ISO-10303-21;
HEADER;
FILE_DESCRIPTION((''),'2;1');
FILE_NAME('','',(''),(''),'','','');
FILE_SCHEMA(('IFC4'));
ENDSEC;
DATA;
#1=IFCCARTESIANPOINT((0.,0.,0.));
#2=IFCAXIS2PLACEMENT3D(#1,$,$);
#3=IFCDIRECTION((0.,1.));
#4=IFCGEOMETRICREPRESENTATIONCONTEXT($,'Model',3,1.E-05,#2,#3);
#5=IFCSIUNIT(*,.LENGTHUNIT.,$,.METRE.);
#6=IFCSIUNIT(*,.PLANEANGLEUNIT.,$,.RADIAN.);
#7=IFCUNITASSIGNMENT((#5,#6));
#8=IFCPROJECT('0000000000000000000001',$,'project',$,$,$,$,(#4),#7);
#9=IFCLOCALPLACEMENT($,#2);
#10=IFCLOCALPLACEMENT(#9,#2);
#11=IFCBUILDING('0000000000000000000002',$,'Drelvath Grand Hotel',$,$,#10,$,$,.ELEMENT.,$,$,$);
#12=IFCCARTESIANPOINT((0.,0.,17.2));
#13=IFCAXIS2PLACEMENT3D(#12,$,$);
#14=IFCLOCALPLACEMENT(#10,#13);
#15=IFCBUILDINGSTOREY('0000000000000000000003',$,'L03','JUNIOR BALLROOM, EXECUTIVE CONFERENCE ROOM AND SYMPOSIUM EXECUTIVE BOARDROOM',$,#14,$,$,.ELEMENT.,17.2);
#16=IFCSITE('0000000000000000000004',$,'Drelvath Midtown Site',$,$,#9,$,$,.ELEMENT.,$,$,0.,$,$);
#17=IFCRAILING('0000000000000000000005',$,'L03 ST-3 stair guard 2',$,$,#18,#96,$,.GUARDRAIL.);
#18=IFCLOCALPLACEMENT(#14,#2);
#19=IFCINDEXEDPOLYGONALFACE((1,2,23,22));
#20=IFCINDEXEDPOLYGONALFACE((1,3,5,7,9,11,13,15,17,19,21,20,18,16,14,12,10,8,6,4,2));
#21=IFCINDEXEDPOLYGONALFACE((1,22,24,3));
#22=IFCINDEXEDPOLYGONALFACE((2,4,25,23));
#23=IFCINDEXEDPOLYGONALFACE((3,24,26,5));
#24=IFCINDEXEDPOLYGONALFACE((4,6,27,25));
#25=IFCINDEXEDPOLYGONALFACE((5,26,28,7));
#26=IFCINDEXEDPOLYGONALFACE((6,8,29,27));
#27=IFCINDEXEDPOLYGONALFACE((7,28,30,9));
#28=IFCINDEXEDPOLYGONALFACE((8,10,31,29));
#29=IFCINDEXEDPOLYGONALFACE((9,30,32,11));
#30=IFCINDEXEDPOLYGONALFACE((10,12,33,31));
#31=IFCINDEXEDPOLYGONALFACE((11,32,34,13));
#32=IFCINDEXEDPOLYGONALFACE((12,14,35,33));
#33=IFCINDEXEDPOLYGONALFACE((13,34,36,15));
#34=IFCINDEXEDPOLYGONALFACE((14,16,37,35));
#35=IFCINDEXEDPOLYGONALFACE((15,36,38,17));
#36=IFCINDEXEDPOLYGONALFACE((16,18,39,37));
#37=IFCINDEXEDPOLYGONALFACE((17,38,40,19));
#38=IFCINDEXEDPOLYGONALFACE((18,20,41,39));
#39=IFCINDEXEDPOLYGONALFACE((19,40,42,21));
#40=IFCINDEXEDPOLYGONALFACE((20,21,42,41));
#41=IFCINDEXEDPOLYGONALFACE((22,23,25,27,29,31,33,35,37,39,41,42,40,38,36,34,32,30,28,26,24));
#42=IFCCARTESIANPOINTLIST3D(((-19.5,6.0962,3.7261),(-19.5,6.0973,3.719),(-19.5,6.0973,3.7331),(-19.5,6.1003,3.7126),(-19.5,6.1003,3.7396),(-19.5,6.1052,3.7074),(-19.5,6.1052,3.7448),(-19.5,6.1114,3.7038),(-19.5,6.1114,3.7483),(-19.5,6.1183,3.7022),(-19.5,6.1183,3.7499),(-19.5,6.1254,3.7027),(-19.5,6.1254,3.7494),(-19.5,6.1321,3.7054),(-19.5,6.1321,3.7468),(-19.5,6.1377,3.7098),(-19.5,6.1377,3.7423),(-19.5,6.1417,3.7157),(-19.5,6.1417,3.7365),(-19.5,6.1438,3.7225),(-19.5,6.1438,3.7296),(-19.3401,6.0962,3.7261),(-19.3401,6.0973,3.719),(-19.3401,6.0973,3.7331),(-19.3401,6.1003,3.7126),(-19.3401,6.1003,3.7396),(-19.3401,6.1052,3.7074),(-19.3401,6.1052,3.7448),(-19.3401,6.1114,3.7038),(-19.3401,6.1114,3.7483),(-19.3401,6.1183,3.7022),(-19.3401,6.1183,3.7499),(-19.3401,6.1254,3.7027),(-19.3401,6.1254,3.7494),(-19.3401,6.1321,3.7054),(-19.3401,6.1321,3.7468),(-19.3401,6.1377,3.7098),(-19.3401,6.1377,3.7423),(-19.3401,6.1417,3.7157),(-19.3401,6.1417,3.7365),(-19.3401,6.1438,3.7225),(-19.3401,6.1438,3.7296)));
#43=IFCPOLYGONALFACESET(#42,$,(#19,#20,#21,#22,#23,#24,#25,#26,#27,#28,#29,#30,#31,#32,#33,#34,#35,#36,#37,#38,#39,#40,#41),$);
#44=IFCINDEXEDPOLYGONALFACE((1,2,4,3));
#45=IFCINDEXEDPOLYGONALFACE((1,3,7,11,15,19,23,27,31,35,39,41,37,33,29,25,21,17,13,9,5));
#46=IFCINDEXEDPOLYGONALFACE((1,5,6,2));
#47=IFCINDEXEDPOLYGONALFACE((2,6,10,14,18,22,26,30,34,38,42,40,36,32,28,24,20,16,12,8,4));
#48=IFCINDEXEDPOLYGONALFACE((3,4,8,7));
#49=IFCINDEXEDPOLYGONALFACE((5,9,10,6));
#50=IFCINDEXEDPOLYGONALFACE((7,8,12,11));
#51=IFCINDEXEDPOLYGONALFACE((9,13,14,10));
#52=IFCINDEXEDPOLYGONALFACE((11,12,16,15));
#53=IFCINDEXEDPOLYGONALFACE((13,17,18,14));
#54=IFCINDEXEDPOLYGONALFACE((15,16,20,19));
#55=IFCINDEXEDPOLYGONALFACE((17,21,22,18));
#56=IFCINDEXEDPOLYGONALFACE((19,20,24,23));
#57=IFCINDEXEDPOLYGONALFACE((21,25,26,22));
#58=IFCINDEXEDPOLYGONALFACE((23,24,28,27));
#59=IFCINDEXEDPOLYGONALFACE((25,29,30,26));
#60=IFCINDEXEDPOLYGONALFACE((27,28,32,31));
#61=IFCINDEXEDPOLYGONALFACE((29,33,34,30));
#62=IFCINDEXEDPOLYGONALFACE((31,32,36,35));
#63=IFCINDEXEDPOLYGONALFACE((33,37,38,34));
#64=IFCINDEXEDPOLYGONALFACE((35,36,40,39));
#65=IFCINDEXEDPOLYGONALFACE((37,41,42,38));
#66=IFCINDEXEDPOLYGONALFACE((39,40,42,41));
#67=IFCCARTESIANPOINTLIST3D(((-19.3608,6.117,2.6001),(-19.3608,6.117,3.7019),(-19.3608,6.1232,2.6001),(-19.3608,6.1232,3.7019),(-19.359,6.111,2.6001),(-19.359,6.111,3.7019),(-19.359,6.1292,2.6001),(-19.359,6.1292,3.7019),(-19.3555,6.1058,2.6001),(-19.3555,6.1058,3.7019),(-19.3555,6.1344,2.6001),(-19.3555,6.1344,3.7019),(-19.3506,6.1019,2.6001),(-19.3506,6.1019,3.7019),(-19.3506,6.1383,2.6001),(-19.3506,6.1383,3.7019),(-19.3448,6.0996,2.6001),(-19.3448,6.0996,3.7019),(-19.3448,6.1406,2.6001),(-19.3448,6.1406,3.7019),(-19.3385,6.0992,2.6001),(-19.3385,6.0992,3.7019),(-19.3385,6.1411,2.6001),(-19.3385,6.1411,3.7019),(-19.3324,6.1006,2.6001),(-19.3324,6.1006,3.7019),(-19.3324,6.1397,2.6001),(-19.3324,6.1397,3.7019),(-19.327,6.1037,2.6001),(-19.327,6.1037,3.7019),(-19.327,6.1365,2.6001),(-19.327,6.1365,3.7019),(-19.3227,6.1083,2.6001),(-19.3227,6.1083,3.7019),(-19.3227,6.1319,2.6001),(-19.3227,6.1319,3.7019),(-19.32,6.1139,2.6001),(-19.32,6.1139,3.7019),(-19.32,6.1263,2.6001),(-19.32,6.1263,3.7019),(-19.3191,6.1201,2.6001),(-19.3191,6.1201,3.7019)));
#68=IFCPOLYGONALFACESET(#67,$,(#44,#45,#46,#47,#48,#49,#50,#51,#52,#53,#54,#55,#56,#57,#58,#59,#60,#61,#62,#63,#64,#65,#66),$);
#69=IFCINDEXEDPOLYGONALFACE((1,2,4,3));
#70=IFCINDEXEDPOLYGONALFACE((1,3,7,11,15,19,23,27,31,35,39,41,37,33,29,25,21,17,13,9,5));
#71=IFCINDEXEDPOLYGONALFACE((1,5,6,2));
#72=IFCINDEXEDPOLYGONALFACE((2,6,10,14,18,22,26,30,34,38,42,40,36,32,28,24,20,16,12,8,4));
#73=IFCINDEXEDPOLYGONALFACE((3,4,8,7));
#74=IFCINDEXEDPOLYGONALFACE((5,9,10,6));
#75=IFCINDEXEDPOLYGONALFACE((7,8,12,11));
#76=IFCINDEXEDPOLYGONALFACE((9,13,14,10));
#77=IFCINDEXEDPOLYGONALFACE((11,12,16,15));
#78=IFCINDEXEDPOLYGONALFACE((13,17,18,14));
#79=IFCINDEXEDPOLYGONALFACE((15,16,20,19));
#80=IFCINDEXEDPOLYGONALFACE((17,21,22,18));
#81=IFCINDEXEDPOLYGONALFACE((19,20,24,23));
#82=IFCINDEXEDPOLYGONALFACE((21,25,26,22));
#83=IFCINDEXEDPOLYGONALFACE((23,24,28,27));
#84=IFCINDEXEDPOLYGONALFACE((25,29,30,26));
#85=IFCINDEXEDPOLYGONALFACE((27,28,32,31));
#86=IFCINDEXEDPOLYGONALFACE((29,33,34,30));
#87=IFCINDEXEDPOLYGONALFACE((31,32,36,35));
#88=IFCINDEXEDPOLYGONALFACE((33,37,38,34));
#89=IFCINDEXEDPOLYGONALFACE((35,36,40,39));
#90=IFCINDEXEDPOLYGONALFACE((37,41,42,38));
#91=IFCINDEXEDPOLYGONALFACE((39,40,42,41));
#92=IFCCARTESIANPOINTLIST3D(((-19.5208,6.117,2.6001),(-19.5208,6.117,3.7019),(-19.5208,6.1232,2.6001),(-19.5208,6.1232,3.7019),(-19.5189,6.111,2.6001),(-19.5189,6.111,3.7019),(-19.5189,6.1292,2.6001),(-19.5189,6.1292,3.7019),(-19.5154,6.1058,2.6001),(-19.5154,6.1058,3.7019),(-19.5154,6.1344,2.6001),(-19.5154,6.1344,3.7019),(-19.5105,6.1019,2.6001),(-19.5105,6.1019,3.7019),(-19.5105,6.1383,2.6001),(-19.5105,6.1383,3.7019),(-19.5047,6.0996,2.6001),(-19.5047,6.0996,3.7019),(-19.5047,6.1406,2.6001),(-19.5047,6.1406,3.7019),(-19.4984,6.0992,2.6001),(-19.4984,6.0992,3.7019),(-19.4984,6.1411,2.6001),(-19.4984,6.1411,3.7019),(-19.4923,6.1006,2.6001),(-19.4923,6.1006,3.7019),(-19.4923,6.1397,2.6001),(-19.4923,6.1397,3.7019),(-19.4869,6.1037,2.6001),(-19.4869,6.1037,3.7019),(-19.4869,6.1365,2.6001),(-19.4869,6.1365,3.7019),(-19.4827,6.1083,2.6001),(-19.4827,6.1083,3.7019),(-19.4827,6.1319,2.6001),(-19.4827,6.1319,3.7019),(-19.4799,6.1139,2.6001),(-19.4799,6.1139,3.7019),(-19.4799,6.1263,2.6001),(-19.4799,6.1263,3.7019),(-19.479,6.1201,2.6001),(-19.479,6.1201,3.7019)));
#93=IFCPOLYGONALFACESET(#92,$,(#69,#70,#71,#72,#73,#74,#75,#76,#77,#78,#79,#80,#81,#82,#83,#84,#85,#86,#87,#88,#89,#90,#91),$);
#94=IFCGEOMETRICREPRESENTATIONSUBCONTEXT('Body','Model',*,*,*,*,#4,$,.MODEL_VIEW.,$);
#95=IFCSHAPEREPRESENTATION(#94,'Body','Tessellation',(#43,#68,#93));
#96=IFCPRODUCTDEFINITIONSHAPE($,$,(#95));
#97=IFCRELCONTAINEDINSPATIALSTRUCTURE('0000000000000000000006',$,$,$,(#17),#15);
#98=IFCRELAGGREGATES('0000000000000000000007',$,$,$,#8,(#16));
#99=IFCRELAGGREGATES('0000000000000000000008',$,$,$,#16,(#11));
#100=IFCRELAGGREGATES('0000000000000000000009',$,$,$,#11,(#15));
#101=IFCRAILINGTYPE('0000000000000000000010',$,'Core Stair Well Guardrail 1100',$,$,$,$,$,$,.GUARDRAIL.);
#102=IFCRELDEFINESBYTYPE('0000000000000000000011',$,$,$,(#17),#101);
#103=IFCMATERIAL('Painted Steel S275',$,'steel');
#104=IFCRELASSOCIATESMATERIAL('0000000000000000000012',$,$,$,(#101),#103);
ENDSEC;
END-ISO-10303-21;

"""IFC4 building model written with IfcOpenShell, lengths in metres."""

from ifc_helpers import new_model, si_unit, direction, frame, origin, origin_2d, place, context, subcontext, project, spatial, circle, extrude, material, type_object, element, save


model = new_model("IFC4")

# Units and contexts
model_context = context("Model", 3, precision=1e-05, world=origin(), true_north=direction((0.0, 1.0)))
body_context = subcontext(model_context, "Body", "Model", "MODEL_VIEW")
ifc_project = project(units=[si_unit("LENGTHUNIT", "METRE"), si_unit("PLANEANGLEUNIT", "RADIAN")], contexts=[model_context])

# Site, building, storey
site_placement = place(None, origin())
site = spatial("IfcSite", under=ifc_project, at=site_placement, Name="Drelvath Midtown Site", CompositionType="ELEMENT", RefElevation=0.0)
building_placement = place(site_placement, origin())
building = spatial("IfcBuilding", under=site, at=building_placement, Name="Drelvath Grand Hotel", CompositionType="ELEMENT")
storey_placement = place(building_placement, frame((0.0, 0.0, 17.2)))
storey = spatial("IfcBuildingStorey", under=building, at=storey_placement, Name="L03", Description="JUNIOR BALLROOM, EXECUTIVE CONFERENCE ROOM AND SYMPOSIUM EXECUTIVE BOARDROOM", CompositionType="ELEMENT", Elevation=17.2)

# Shared definitions
ifc_material_1 = material(Name="Painted Steel S275", Category="steel")

# Railing
railing_type_1 = type_object("IfcRailingType", Name="Core Stair Well Guardrail 1100", PredefinedType="GUARDRAIL", material=ifc_material_1)
railing_1_placement = place(storey_placement, frame((-19.3401, 6.1201, 2.6001)))
element("IfcRailing", 1, at=railing_1_placement, inside=storey, type_object=railing_type_1, Name="L03 ST-3 stair guard 2", PredefinedType="GUARDRAIL", context=body_context, shape_type="SweptSolid", body=[
    extrude(circle(Radius=0.0239, at=origin_2d()), frame((0.0, 0.0, 1.126), z_axis=(-1.0, 0.0, 0.0), x_axis=(0.0, -1.0, 0.0)), (0.0, 0.0, 1.0), 0.1599),
    extrude(circle(Radius=0.021, at=origin_2d()), origin(), (0.0, 0.0, 1.0), 1.1018),
    extrude(circle(Radius=0.021, at=origin_2d()), frame((-0.1599, 0.0, 0.0)), (0.0, 0.0, 1.0), 1.1018),
])

save(model, "model.ifc")
